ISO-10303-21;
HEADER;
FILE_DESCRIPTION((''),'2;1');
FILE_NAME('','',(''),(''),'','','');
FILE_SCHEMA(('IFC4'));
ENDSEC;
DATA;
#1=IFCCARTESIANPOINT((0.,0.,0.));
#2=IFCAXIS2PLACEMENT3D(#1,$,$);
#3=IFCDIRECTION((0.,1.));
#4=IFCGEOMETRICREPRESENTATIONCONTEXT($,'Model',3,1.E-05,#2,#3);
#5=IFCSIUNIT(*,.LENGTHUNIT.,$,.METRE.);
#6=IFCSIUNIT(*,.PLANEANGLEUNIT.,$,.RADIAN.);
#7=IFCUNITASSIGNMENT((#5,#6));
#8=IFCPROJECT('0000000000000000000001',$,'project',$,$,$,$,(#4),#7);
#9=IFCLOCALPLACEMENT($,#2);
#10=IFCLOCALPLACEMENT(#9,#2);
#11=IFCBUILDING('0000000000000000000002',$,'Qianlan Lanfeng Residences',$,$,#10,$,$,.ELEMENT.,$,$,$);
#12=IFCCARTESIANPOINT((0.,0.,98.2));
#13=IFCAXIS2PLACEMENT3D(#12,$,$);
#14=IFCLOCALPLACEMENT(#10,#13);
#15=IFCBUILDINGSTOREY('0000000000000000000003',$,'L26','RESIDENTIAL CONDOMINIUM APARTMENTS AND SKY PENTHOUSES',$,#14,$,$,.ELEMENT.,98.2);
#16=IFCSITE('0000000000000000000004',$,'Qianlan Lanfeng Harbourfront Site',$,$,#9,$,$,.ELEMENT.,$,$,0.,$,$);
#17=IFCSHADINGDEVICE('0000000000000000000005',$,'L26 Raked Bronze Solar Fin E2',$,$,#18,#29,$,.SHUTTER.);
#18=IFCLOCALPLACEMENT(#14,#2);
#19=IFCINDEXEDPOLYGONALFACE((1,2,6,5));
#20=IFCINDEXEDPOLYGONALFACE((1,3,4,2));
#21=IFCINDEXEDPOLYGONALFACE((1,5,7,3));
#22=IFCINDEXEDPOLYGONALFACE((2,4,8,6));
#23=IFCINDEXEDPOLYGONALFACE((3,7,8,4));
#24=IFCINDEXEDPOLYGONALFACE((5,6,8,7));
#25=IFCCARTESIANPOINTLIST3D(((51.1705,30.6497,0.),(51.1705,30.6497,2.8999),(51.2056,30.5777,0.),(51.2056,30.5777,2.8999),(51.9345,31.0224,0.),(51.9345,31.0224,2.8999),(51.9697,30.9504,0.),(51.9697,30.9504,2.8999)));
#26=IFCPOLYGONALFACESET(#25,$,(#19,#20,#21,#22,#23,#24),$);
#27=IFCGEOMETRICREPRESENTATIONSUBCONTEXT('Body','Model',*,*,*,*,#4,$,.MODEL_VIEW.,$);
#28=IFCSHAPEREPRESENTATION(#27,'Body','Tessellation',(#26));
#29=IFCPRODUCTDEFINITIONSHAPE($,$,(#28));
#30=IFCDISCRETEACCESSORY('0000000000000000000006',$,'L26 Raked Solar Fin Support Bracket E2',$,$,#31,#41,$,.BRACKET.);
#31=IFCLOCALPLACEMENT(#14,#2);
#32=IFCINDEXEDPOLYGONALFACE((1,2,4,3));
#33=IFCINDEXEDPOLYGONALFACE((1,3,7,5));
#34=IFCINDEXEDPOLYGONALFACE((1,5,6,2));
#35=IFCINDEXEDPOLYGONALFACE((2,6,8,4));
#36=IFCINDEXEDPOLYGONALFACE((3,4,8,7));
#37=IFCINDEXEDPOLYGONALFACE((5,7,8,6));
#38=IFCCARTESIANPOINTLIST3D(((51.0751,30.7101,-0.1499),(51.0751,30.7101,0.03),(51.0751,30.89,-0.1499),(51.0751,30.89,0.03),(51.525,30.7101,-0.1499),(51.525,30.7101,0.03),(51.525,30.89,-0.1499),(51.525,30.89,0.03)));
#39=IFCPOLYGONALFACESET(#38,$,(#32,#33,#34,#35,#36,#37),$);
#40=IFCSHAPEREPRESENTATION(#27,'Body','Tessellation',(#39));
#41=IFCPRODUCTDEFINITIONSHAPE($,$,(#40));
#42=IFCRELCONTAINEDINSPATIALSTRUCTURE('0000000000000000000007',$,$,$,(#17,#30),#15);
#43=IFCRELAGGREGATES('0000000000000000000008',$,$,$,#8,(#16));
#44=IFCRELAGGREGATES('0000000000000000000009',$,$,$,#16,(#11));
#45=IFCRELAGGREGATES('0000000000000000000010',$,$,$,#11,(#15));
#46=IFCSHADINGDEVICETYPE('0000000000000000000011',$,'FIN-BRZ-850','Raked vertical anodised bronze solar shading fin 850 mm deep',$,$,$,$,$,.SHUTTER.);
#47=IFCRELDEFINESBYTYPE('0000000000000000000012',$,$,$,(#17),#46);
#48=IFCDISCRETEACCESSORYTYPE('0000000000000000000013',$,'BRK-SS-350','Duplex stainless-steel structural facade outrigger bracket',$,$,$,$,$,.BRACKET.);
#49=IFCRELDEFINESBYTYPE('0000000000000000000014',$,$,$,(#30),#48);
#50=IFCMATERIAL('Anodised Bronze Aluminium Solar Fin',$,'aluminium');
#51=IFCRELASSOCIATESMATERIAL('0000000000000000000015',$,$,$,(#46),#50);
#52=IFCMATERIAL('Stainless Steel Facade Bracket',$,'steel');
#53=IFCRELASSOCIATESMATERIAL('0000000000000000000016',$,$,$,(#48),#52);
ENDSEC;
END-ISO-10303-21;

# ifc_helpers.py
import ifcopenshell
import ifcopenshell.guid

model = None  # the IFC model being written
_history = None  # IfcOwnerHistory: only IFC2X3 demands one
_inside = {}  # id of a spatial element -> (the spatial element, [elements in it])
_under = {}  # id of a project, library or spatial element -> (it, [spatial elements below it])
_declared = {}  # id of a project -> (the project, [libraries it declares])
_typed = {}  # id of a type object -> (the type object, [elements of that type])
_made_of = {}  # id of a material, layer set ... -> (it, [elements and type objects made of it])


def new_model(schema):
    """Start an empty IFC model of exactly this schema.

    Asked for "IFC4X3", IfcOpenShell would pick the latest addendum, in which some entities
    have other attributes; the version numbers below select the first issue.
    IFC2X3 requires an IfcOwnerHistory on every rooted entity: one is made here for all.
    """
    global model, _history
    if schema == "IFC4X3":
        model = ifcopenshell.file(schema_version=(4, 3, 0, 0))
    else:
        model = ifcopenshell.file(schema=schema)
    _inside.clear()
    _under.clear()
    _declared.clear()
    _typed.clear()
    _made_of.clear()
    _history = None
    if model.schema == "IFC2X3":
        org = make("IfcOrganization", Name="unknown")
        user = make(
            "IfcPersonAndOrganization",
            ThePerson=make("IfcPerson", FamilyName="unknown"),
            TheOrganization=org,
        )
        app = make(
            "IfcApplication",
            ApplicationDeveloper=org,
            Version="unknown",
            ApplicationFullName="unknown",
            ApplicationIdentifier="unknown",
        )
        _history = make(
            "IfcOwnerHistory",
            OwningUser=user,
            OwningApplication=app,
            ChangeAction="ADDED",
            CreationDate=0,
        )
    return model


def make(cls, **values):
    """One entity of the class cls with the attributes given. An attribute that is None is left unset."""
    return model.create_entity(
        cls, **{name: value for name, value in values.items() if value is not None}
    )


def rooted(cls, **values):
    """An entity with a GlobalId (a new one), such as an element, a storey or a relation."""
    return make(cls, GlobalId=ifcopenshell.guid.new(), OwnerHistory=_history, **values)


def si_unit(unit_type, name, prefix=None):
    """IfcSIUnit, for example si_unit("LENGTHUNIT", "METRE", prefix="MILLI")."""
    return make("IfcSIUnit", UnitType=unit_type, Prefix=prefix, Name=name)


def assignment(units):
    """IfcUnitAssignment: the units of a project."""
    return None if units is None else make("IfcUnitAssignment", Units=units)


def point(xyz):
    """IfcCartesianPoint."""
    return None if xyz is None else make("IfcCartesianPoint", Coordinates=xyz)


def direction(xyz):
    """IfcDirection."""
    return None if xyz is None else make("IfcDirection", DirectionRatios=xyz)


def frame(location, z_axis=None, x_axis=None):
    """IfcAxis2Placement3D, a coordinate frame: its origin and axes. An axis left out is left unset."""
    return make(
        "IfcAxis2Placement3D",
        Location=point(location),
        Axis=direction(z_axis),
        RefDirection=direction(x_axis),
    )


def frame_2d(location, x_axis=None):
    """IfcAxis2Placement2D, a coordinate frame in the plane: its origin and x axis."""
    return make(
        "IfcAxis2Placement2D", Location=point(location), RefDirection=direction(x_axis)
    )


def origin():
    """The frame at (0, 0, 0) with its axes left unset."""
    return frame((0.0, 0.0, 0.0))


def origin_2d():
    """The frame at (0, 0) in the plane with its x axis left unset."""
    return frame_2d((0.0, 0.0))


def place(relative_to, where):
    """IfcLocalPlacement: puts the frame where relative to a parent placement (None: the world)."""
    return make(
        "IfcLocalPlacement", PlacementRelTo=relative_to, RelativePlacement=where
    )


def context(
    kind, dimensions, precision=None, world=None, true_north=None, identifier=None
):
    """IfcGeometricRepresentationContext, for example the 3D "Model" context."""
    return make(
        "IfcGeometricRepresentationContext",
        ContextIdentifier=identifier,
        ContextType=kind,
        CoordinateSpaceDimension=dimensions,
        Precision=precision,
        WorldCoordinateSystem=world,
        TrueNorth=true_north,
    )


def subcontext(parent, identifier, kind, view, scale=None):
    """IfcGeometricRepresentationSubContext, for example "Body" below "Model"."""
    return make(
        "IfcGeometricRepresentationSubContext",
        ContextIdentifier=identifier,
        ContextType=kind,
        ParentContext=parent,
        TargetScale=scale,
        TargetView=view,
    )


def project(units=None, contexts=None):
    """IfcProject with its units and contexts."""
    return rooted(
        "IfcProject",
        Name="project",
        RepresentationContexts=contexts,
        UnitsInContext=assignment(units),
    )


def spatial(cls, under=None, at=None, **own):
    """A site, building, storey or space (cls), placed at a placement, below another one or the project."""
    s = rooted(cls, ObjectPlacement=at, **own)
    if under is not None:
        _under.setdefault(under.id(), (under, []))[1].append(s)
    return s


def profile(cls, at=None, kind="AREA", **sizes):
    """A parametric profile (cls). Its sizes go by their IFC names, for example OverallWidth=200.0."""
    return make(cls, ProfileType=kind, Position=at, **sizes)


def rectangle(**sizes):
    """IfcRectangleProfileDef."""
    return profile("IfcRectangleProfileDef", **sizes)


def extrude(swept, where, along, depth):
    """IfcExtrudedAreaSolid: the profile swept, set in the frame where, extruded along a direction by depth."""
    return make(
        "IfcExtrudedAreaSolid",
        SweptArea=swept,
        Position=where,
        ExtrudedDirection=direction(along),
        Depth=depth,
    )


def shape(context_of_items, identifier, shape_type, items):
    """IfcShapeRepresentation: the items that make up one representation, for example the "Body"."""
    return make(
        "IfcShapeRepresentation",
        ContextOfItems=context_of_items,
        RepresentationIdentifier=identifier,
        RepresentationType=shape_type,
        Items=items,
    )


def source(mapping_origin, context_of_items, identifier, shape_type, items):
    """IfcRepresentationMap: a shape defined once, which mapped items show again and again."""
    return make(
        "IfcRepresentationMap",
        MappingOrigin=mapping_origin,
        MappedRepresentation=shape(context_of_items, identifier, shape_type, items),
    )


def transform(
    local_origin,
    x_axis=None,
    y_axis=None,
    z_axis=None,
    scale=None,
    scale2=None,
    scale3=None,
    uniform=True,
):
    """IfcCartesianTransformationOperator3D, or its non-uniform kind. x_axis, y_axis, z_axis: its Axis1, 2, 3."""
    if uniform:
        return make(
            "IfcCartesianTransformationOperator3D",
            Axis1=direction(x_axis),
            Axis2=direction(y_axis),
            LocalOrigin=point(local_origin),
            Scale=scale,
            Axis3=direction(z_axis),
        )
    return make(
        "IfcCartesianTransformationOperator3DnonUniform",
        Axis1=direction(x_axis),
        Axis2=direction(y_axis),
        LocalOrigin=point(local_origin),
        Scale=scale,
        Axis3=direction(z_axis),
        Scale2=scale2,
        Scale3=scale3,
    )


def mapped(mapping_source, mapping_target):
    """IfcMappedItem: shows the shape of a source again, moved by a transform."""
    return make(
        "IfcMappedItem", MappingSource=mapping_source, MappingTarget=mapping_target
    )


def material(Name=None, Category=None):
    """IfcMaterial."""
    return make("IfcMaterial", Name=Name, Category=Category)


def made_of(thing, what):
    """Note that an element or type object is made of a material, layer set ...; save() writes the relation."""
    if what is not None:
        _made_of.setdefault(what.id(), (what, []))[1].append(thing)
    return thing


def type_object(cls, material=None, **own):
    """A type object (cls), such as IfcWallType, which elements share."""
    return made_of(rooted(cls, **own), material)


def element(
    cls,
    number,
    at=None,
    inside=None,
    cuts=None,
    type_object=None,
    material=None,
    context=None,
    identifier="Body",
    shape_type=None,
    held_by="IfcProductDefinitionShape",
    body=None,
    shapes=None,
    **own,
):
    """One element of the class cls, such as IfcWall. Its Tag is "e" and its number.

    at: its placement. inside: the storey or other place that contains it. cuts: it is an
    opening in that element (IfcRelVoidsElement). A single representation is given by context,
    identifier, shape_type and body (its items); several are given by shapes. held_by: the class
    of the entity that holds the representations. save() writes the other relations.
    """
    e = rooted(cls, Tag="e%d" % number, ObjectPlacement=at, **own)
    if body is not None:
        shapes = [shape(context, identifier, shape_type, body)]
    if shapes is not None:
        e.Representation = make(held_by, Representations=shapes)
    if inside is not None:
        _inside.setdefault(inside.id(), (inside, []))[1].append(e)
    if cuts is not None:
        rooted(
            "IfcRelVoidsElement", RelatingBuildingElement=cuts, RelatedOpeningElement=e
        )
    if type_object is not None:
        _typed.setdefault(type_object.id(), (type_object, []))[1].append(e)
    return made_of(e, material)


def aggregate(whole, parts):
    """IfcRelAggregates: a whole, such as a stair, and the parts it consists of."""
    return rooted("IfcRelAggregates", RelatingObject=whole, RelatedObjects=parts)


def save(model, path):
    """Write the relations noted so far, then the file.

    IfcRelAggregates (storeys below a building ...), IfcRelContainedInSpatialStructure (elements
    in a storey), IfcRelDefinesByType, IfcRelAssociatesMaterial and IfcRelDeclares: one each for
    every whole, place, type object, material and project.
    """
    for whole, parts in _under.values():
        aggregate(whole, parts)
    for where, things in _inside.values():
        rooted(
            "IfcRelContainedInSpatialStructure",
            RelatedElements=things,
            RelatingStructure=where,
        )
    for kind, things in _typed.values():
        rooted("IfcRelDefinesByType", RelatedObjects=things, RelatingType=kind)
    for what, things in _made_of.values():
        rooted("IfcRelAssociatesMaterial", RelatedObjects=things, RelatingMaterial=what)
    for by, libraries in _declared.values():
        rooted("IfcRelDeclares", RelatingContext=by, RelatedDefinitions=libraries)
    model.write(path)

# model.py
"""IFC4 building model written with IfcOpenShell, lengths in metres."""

from ifc_helpers import new_model, si_unit, direction, frame, origin, origin_2d, place, context, subcontext, project, spatial, rectangle, extrude, source, transform, mapped, material, type_object, element, save


model = new_model("IFC4")

# Units and contexts
model_context = context("Model", 3, precision=1e-05, world=origin(), true_north=direction((0.0, 1.0)))
body_context = subcontext(model_context, "Body", "Model", "MODEL_VIEW")
ifc_project = project(units=[si_unit("LENGTHUNIT", "METRE"), si_unit("PLANEANGLEUNIT", "RADIAN")], contexts=[model_context])

# Site, building, storey
site_placement = place(None, origin())
site = spatial("IfcSite", under=ifc_project, at=site_placement, Name="Qianlan Lanfeng Harbourfront Site", CompositionType="ELEMENT", RefElevation=0.0)
building_placement = place(site_placement, origin())
building = spatial("IfcBuilding", under=site, at=building_placement, Name="Qianlan Lanfeng Residences", CompositionType="ELEMENT")
storey_placement = place(building_placement, frame((0.0, 0.0, 98.2)))
storey = spatial("IfcBuildingStorey", under=building, at=storey_placement, Name="L26", Description="RESIDENTIAL CONDOMINIUM APARTMENTS AND SKY PENTHOUSES", CompositionType="ELEMENT", Elevation=98.2)

# Shading device
ifc_material_1 = material(Name="Anodised Bronze Aluminium Solar Fin", Category="aluminium")
shading_device_type = type_object("IfcShadingDeviceType", Name="FIN-BRZ-850", Description="Raked vertical anodised bronze solar shading fin 850 mm deep", PredefinedType="SHUTTER", material=ifc_material_1)
shared_shape_1 = source(origin(), body_context, "Body", "SweptSolid", [
    extrude(rectangle(XDim=0.8501, YDim=0.0801, at=origin_2d()), origin(), (0.0, 0.0, 1.0), 2.8999),
])
for number, where, z_axis, x_axis, name in (
    (1, (51.5701, 30.8, 0.0), (0.0, 0.0, 1.0), (0.898794, 0.438371, 0.0), "L26 Raked Bronze Solar Fin E2"),
):
    element("IfcShadingDevice", number, at=place(storey_placement, frame(where, z_axis=z_axis, x_axis=x_axis)), inside=storey, type_object=shading_device_type, Name=name, PredefinedType="SHUTTER", context=body_context, shape_type="MappedRepresentation", body=[
        mapped(shared_shape_1, transform((0.0, 0.0, 0.0), scale=1.0)),
    ])

# Discrete accessory
ifc_material_2 = material(Name="Stainless Steel Facade Bracket", Category="steel")
discrete_accessory_type = type_object("IfcDiscreteAccessoryType", Name="BRK-SS-350", Description="Duplex stainless-steel structural facade outrigger bracket", PredefinedType="BRACKET", material=ifc_material_2)
shared_shape_2 = source(origin(), body_context, "Body", "SweptSolid", [
    extrude(rectangle(XDim=0.45, YDim=0.1799, at=origin_2d()), origin(), (0.0, 0.0, 1.0), 0.1799),
])
discrete_accessory_placement = place(storey_placement, frame((51.3, 30.8, -0.1499), z_axis=(0.0, 0.0, 1.0), x_axis=(1.0, 0.0, 0.0)))
element("IfcDiscreteAccessory", 2, at=discrete_accessory_placement, inside=storey, type_object=discrete_accessory_type, Name="L26 Raked Solar Fin Support Bracket E2", PredefinedType="BRACKET", context=body_context, shape_type="MappedRepresentation", body=[
    mapped(shared_shape_2, transform((0.0, 0.0, 0.0), scale=1.0)),
])

save(model, "model.ifc")
